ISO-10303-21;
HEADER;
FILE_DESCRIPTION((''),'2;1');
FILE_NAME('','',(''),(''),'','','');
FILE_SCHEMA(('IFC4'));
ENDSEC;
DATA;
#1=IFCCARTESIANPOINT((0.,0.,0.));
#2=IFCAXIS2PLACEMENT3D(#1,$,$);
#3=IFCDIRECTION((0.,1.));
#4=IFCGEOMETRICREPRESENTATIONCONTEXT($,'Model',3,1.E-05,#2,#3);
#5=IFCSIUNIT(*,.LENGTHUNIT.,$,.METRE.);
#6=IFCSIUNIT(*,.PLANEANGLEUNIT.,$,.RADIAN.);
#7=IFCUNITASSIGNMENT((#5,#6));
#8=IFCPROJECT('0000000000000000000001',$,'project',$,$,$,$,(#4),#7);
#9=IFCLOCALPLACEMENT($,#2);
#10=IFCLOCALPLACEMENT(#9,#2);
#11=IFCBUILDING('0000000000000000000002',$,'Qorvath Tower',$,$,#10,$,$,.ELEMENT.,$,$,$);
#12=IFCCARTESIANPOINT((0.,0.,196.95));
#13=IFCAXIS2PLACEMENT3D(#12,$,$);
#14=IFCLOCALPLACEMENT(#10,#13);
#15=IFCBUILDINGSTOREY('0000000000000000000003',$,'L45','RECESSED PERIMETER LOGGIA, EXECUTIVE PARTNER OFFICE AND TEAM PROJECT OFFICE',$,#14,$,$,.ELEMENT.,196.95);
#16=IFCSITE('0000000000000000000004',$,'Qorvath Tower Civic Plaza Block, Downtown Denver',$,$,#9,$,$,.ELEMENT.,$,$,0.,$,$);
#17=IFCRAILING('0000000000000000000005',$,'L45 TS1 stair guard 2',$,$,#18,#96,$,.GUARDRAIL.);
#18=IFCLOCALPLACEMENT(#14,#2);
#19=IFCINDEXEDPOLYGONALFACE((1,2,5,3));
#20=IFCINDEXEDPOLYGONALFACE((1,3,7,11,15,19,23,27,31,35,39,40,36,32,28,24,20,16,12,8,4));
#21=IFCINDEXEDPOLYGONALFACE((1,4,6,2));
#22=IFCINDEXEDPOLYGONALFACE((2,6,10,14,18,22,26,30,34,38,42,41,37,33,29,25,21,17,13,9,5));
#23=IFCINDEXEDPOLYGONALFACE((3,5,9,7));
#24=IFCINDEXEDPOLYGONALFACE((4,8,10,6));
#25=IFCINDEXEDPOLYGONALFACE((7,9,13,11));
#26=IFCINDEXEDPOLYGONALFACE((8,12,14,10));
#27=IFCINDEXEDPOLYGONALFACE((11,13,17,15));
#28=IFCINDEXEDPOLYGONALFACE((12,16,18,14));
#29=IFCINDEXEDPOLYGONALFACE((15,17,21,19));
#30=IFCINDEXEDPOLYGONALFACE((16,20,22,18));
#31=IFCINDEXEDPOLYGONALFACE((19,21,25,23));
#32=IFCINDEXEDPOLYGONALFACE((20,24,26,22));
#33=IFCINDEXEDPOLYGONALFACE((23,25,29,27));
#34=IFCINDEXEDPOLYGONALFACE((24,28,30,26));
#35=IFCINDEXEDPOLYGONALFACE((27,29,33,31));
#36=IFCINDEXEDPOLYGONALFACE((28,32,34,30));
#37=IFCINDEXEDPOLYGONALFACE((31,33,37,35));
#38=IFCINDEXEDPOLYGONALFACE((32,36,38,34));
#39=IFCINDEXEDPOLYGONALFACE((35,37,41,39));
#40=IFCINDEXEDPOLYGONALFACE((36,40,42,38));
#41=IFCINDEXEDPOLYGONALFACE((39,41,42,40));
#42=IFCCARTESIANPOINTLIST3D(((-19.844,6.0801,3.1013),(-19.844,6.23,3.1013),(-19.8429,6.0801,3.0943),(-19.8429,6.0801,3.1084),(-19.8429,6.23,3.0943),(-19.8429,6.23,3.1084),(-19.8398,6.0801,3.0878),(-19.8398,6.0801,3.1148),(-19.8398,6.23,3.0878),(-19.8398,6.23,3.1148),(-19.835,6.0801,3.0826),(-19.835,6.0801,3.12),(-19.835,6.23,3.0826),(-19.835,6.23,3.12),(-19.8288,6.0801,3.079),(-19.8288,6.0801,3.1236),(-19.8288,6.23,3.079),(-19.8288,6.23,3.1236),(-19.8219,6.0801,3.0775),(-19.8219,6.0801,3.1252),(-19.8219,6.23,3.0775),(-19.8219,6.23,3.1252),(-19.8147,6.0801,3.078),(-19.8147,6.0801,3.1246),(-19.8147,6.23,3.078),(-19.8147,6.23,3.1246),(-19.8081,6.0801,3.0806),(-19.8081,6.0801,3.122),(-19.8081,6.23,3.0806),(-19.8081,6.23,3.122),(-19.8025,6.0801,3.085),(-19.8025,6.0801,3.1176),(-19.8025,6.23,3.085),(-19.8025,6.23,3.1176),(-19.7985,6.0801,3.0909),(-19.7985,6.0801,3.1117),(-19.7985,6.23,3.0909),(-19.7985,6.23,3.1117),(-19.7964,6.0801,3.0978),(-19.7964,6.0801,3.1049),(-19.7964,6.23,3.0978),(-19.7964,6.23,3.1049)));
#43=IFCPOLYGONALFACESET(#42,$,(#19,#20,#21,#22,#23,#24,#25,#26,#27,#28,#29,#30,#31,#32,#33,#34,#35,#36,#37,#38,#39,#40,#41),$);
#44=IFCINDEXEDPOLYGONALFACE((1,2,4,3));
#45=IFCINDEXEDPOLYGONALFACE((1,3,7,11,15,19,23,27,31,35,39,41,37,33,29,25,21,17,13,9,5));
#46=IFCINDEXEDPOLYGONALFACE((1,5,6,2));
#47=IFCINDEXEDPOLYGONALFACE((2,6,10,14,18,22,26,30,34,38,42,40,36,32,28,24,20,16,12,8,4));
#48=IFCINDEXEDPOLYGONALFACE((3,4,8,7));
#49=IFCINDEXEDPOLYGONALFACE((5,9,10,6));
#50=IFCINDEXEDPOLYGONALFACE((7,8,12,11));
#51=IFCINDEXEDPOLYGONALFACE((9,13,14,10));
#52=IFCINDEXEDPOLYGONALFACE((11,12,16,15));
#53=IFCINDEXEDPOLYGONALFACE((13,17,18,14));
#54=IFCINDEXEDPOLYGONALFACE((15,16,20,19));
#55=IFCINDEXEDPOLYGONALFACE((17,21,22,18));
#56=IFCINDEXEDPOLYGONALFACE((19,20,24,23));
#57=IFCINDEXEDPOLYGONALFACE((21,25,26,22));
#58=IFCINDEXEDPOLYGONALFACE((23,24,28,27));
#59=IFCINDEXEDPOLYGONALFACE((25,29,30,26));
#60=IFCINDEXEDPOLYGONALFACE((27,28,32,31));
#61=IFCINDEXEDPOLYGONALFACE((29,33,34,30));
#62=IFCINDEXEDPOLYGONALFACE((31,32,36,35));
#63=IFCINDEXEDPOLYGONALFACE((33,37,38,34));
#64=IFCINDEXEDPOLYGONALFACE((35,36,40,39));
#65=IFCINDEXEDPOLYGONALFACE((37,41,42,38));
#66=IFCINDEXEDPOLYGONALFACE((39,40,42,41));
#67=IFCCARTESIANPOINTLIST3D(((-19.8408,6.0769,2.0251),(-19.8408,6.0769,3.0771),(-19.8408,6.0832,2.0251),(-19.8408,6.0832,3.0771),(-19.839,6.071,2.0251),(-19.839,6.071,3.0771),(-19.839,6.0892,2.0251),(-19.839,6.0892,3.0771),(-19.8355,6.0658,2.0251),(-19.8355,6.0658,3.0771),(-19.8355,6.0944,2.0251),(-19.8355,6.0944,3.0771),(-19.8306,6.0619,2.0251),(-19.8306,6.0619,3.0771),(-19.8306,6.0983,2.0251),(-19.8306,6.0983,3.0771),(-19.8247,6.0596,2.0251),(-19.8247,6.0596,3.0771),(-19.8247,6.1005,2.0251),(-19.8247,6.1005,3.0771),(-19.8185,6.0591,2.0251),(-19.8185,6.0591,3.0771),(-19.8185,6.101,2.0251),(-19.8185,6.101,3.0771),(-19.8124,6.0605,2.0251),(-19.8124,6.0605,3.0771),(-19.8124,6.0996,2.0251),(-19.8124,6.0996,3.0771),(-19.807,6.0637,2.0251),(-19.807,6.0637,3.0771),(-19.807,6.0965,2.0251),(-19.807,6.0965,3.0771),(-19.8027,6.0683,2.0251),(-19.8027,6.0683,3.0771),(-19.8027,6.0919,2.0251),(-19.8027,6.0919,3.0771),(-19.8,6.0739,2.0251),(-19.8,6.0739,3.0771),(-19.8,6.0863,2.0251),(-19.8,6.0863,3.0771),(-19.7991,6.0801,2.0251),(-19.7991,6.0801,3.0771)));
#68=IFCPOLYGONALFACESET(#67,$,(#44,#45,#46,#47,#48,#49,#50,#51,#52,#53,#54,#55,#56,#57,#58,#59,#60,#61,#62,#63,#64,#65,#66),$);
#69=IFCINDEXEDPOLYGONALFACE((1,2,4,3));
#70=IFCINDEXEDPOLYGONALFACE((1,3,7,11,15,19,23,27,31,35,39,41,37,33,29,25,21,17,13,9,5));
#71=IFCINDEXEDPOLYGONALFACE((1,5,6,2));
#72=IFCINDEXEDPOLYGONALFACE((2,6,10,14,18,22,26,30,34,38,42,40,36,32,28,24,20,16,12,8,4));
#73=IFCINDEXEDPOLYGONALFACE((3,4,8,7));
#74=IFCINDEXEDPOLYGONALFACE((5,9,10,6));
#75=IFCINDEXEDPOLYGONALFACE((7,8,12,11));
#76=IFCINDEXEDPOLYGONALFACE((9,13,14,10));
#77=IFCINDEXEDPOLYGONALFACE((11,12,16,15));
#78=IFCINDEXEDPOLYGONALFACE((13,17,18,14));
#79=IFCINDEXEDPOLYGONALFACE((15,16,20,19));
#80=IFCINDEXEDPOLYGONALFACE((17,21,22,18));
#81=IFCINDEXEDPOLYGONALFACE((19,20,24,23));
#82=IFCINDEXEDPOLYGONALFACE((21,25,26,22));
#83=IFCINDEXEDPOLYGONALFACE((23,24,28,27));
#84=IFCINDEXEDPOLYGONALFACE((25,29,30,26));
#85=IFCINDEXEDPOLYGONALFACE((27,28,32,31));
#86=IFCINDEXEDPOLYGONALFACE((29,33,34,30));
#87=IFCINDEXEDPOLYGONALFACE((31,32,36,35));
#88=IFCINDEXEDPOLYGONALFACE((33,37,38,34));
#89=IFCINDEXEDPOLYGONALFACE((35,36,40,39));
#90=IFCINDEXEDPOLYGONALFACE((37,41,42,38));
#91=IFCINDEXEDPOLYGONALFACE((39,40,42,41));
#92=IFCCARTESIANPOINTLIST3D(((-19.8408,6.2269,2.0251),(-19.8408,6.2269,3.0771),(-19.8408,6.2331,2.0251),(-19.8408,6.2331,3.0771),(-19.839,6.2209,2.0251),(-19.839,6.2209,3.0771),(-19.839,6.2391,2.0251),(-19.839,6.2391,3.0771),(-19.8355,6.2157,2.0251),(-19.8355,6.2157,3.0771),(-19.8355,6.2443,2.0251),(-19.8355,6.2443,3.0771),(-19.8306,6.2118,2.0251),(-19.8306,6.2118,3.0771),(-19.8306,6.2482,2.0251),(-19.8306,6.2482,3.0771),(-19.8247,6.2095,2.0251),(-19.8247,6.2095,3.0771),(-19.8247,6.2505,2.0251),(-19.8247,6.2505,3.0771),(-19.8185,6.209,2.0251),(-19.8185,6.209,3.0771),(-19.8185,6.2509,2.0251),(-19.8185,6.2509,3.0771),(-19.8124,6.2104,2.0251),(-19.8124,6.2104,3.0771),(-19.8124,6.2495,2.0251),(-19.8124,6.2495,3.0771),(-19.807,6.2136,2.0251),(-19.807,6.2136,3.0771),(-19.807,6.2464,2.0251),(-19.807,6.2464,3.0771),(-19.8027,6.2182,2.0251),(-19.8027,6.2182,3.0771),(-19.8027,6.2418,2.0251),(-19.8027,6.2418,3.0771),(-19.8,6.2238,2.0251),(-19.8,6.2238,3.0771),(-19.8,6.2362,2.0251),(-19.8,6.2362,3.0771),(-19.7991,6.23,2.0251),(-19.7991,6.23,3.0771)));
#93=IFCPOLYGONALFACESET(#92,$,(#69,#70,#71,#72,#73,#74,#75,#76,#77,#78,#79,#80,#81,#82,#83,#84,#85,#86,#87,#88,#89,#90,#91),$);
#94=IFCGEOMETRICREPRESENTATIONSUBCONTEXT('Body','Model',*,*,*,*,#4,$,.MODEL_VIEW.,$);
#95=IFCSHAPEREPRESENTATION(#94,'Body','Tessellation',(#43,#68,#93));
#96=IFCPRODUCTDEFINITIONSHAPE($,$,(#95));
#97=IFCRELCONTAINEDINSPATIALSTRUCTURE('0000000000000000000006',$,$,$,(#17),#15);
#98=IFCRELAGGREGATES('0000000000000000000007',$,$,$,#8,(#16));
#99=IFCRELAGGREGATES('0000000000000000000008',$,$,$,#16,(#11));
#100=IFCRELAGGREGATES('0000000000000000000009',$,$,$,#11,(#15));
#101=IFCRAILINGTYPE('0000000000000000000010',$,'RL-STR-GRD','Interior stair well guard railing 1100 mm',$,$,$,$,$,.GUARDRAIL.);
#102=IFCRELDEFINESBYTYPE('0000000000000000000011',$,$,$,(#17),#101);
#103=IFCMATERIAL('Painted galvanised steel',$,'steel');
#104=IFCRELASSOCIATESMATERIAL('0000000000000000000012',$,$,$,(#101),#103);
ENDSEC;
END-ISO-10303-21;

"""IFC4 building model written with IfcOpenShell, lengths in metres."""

from ifc_helpers import new_model, si_unit, direction, frame, origin, origin_2d, place, context, subcontext, project, spatial, circle, extrude, material, type_object, element, save


model = new_model("IFC4")

# Units and contexts
model_context = context("Model", 3, precision=1e-05, world=origin(), true_north=direction((0.0, 1.0)))
body_context = subcontext(model_context, "Body", "Model", "MODEL_VIEW")
ifc_project = project(units=[si_unit("LENGTHUNIT", "METRE"), si_unit("PLANEANGLEUNIT", "RADIAN")], contexts=[model_context])

# Site, building, storey
site_placement = place(None, origin())
site = spatial("IfcSite", under=ifc_project, at=site_placement, Name="Qorvath Tower Civic Plaza Block, Downtown Denver", CompositionType="ELEMENT", RefElevation=0.0)
building_placement = place(site_placement, origin())
building = spatial("IfcBuilding", under=site, at=building_placement, Name="Qorvath Tower", CompositionType="ELEMENT")
storey_placement = place(building_placement, frame((0.0, 0.0, 196.95)))
storey = spatial("IfcBuildingStorey", under=building, at=storey_placement, Name="L45", Description="RECESSED PERIMETER LOGGIA, EXECUTIVE PARTNER OFFICE AND TEAM PROJECT OFFICE", CompositionType="ELEMENT", Elevation=196.95)

# Railing
ifc_material_1 = material(Name="Painted galvanised steel", Category="steel")
railing_type_1 = type_object("IfcRailingType", Name="RL-STR-GRD", Description="Interior stair well guard railing 1100 mm", PredefinedType="GUARDRAIL", material=ifc_material_1)
railing_1_placement = place(storey_placement, frame((-19.8201, 6.0801, 2.0251)))
element("IfcRailing", 1, at=railing_1_placement, inside=storey, type_object=railing_type_1, Name="L45 TS1 stair guard 2", PredefinedType="GUARDRAIL", context=body_context, shape_type="SweptSolid", body=[
    extrude(circle(Radius=0.0239, at=origin_2d()), frame((0.0, 0.0, 1.0762), z_axis=(0.0, 1.0, 0.0), x_axis=(-1.0, 0.0, 0.0)), (0.0, 0.0, 1.0), 0.1499),
    extrude(circle(Radius=0.021, at=origin_2d()), origin(), (0.0, 0.0, 1.0), 1.052),
    extrude(circle(Radius=0.021, at=origin_2d()), frame((0.0, 0.1499, 0.0)), (0.0, 0.0, 1.0), 1.052),
])

save(model, "model.ifc")
